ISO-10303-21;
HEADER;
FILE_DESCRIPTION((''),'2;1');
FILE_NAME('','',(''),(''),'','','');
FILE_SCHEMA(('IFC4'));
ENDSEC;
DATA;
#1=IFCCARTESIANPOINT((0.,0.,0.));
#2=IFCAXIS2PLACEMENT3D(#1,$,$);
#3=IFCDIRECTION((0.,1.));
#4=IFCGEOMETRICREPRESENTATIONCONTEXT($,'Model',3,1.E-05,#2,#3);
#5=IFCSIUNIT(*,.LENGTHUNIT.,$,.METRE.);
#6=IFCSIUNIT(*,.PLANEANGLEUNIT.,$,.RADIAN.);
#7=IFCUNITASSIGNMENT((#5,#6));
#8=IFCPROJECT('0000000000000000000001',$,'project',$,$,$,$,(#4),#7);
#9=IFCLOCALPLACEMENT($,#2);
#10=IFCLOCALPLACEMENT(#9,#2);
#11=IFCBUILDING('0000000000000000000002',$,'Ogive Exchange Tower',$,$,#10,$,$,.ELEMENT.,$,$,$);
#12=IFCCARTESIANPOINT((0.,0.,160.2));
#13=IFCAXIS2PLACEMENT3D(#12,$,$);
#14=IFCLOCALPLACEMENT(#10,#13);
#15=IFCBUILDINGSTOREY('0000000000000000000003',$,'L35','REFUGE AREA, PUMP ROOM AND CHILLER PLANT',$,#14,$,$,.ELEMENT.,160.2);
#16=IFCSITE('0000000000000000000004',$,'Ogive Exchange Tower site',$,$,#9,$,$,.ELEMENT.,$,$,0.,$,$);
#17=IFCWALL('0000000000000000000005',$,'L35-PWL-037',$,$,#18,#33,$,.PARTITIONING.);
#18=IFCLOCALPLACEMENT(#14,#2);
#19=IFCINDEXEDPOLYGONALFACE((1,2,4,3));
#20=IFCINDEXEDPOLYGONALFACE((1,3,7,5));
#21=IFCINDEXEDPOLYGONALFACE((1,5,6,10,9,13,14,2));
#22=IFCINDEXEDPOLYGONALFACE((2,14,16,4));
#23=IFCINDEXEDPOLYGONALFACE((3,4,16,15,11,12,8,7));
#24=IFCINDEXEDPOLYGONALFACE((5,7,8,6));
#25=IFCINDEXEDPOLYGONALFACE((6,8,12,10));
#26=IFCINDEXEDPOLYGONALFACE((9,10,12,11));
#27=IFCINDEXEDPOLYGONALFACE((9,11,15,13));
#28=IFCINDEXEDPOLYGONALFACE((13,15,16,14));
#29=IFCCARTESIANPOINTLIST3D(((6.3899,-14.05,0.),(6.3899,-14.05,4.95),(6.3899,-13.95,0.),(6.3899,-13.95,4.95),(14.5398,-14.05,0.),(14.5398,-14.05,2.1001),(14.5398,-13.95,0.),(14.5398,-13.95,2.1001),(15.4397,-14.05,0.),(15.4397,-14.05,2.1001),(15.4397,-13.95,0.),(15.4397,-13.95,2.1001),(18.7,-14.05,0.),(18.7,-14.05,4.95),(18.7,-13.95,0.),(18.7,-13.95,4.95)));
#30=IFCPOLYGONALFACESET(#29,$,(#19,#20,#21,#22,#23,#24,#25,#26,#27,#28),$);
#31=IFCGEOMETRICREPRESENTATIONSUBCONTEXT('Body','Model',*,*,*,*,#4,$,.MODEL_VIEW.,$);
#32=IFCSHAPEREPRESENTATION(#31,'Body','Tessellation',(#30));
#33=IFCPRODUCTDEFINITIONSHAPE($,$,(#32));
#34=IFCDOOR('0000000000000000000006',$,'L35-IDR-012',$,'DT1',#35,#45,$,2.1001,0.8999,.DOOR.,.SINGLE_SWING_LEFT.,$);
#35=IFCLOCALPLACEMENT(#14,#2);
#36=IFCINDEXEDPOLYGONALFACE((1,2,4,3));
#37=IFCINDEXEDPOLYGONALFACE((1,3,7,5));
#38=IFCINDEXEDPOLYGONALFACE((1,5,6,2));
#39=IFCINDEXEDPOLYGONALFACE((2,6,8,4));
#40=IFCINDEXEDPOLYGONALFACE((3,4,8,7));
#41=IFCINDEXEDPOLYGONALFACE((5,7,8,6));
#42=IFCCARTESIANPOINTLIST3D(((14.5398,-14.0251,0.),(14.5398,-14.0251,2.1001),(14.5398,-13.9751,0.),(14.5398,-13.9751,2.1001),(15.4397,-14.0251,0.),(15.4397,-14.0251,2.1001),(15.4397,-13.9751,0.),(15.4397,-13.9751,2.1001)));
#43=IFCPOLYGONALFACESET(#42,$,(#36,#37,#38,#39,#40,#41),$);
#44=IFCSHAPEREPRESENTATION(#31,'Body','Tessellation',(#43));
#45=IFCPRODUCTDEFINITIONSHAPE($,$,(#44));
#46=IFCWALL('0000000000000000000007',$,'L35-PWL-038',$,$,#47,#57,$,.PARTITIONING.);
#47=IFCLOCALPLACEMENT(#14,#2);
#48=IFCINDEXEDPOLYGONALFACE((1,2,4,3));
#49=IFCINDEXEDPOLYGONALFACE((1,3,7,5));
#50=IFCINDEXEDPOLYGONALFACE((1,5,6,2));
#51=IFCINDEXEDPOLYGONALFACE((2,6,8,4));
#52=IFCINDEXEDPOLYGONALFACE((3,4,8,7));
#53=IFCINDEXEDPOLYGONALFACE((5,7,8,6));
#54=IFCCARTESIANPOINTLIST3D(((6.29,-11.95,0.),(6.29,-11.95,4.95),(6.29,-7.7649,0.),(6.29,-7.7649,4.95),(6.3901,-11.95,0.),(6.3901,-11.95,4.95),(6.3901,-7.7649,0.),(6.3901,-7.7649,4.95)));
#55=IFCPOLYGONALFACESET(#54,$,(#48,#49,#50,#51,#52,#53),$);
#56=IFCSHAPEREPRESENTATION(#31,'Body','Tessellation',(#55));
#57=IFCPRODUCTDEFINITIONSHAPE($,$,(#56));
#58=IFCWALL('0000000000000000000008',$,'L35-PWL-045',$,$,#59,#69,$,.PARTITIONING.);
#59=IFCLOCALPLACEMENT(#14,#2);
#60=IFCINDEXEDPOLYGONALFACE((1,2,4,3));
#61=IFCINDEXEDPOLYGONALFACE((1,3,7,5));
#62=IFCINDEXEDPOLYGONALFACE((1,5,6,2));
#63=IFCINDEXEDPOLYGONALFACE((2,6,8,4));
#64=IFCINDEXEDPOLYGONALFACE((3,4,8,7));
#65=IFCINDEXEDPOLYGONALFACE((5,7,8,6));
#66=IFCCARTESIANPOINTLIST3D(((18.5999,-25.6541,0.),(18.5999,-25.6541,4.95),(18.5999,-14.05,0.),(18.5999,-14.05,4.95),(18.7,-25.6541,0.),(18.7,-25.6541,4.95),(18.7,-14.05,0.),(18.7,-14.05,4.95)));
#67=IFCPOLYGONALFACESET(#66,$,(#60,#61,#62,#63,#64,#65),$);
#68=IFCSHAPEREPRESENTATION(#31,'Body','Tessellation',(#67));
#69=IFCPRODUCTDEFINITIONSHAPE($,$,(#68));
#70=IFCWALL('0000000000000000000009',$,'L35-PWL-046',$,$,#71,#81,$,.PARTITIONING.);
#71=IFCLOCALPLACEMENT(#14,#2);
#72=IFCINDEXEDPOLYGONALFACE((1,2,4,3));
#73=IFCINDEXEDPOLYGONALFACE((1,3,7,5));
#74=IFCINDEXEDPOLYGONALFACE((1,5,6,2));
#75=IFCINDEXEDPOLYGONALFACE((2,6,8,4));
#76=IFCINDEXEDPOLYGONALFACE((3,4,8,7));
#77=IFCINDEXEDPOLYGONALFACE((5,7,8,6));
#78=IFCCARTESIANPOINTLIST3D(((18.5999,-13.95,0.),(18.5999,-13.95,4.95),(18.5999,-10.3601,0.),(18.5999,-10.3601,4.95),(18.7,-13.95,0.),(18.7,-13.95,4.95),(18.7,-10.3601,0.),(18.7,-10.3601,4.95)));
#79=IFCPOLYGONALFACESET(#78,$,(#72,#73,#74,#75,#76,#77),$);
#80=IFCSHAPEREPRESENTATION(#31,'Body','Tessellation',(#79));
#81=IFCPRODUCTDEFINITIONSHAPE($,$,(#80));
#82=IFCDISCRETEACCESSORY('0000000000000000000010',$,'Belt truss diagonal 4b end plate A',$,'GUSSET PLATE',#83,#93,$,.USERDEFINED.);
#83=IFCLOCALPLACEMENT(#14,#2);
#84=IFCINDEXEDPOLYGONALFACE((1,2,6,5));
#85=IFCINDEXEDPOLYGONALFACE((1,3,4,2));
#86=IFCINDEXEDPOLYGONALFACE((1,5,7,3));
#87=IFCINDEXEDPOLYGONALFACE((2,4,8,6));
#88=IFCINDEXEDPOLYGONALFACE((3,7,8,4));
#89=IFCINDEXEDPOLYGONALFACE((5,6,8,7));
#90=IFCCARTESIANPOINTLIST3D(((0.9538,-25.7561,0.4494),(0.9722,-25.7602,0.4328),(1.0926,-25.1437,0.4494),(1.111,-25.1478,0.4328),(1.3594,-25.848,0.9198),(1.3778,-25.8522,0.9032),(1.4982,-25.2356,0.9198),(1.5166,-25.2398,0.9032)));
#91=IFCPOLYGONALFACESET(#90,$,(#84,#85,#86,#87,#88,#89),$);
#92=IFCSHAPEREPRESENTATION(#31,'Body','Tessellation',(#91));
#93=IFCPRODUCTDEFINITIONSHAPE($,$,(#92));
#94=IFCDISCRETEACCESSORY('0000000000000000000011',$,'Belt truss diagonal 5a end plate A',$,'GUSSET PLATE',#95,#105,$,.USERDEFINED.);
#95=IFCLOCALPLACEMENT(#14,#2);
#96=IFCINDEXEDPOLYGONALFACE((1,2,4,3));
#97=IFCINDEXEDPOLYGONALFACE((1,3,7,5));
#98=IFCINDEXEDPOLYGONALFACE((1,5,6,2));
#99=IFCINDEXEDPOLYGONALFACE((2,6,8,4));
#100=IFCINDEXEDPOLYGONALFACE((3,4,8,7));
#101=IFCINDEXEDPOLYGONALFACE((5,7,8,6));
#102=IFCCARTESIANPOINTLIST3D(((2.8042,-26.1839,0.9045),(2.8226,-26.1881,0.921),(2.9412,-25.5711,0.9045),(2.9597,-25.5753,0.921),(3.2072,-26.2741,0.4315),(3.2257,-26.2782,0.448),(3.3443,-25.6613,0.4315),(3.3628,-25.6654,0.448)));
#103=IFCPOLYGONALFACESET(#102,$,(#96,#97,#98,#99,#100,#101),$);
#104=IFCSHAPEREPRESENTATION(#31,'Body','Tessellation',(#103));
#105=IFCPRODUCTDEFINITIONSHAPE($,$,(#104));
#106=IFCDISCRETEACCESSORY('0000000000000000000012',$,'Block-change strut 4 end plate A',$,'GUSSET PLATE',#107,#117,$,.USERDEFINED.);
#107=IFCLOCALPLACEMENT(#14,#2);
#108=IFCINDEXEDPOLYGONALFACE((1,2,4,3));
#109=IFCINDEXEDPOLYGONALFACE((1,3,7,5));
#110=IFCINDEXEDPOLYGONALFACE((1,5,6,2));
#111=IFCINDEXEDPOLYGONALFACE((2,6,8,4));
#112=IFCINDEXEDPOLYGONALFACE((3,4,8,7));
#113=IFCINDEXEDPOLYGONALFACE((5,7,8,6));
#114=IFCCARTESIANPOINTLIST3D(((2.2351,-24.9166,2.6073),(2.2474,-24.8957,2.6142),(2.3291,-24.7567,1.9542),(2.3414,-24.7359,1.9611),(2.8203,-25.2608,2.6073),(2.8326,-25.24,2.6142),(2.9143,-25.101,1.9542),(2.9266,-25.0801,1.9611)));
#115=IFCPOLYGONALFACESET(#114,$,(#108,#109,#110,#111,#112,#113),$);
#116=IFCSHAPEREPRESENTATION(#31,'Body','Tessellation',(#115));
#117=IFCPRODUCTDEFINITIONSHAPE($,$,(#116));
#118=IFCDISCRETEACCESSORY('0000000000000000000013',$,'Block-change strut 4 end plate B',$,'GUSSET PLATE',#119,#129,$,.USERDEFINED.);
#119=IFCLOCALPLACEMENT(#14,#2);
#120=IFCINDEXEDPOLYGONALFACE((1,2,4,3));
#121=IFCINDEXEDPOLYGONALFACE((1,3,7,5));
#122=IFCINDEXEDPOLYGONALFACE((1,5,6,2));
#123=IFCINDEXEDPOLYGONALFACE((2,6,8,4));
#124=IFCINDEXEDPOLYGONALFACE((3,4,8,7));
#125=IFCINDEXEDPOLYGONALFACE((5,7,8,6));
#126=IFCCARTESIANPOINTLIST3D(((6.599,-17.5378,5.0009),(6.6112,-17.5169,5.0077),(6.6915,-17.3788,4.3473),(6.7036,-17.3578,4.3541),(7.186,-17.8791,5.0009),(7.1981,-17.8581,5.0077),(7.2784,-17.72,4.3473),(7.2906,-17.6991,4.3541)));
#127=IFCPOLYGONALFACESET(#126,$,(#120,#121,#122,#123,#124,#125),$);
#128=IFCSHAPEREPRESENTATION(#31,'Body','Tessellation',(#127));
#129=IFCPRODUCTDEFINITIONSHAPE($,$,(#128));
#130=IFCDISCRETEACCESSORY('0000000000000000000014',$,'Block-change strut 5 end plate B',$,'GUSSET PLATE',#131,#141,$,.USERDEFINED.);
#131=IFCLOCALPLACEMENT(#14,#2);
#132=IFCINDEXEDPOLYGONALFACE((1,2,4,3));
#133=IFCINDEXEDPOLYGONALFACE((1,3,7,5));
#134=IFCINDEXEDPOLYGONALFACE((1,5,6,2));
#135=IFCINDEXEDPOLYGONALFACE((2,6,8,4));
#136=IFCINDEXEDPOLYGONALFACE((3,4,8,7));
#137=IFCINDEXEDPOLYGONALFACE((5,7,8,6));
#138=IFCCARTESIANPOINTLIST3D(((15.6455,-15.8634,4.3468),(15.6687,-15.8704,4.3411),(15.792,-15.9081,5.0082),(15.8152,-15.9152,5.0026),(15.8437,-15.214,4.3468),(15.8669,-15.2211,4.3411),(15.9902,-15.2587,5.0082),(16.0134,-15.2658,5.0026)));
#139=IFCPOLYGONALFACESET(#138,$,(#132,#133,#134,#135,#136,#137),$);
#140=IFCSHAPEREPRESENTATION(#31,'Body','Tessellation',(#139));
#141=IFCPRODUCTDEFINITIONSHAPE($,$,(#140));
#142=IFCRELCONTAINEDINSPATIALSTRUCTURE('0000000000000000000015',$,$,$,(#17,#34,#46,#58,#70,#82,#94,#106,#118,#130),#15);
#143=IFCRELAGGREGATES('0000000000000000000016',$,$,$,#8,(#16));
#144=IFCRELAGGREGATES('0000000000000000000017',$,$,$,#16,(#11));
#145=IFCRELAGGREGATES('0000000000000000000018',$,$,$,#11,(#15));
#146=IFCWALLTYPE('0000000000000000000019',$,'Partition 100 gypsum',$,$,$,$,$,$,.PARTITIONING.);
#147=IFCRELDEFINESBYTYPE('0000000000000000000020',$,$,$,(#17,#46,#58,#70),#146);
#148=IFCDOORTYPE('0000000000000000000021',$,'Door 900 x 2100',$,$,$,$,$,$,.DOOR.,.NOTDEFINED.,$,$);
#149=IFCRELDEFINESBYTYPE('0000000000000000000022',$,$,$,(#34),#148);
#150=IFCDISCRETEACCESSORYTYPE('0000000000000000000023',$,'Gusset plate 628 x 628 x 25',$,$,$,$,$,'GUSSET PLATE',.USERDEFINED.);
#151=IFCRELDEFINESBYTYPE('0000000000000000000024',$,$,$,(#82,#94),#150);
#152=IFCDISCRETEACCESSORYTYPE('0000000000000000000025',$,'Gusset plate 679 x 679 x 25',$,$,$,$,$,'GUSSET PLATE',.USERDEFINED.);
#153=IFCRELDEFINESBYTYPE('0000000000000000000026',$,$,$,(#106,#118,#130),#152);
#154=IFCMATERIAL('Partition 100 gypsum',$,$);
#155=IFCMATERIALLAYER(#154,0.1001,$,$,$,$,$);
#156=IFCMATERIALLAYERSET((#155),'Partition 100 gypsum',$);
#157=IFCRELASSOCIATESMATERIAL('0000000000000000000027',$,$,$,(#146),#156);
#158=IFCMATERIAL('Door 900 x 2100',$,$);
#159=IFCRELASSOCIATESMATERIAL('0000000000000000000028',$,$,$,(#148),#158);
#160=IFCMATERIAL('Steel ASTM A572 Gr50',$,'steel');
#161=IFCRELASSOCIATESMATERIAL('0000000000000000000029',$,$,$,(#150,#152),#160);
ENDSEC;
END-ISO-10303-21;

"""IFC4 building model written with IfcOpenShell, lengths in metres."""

from ifc_helpers import new_model, si_unit, direction, frame, frame_2d, origin, origin_2d, place, context, subcontext, project, spatial, rectangle, extrude, material, layer, layer_set, material_profile, profile_set, type_object, element, fill, save


model = new_model("IFC4")

# Units and contexts
model_context = context("Model", 3, precision=1e-05, world=origin(), true_north=direction((0.0, 1.0)))
body_context = subcontext(model_context, "Body", "Model", "MODEL_VIEW")
ifc_project = project(units=[si_unit("LENGTHUNIT", "METRE"), si_unit("PLANEANGLEUNIT", "RADIAN")], contexts=[model_context])

# Site, building, storey
site_placement = place(None, origin())
site = spatial("IfcSite", under=ifc_project, at=site_placement, Name="Ogive Exchange Tower site", CompositionType="ELEMENT", RefElevation=0.0)
building_placement = place(site_placement, origin())
building = spatial("IfcBuilding", under=site, at=building_placement, Name="Ogive Exchange Tower", CompositionType="ELEMENT")
storey_placement = place(building_placement, frame((0.0, 0.0, 160.2)))
storey = spatial("IfcBuildingStorey", under=building, at=storey_placement, Name="L35", Description="REFUGE AREA, PUMP ROOM AND CHILLER PLANT", CompositionType="ELEMENT", Elevation=160.2)

# Shared definitions
ifc_material_1 = material(Name="Partition 100 gypsum")
ifc_layer = layer(ifc_material_1, 0.1001)
ifc_layer_set = layer_set([ifc_layer], Name="Partition 100 gypsum")
wall_type = type_object("IfcWallType", Name="Partition 100 gypsum", PredefinedType="PARTITIONING", material=ifc_layer_set)

# Wall, opening, door
wall_1_placement = place(storey_placement, frame((6.3899, -14.0, 0.0), z_axis=(0.0, 0.0, 1.0), x_axis=(1.0, 0.0, 0.0)))
wall_1 = element("IfcWall", 1, at=wall_1_placement, inside=storey, type_object=wall_type, Name="L35-PWL-037", PredefinedType="PARTITIONING", context=body_context, shape_type="SweptSolid", body=[
    extrude(rectangle(XDim=12.3101, YDim=0.1001, at=frame_2d((6.155, 0.0))), origin(), (0.0, 0.0, 1.0), 4.95),
])
opening_placement = place(wall_1_placement, frame((8.1499, 0.0, 0.0)))
opening = element("IfcOpeningElement", 2, at=opening_placement, cuts=wall_1, PredefinedType="OPENING", context=body_context, shape_type="SweptSolid", body=[
    extrude(rectangle(XDim=0.8999, YDim=2.1001, at=frame_2d((0.45, 1.05))), frame((0.0, 0.0601, 0.0), z_axis=(0.0, -1.0, 0.0), x_axis=(1.0, 0.0, 0.0)), (0.0, 0.0, 1.0), 0.1201),
])
ifc_material_2 = material(Name="Door 900 x 2100")
door_type = type_object("IfcDoorType", Name="Door 900 x 2100", OperationType="NOTDEFINED", PredefinedType="DOOR", material=ifc_material_2)
door_placement = place(opening_placement, origin())
door = element("IfcDoor", 3, at=door_placement, inside=storey, type_object=door_type, Name="L35-IDR-012", ObjectType="DT1", OperationType="SINGLE_SWING_LEFT", OverallHeight=2.1001, OverallWidth=0.8999, PredefinedType="DOOR", context=body_context, shape_type="SweptSolid", body=[
    extrude(rectangle(XDim=0.8999, YDim=2.1001, at=frame_2d((0.45, 1.05))), frame((0.0, 0.0249, 0.0), z_axis=(0.0, -1.0, 0.0), x_axis=(1.0, 0.0, 0.0)), (0.0, 0.0, 1.0), 0.05),
])
fill(opening, door)

# Walls
wall_2_placement = place(storey_placement, frame((6.3401, -11.95, 0.0), z_axis=(0.0, 0.0, 1.0), x_axis=(0.0, 1.0, 0.0)))
element("IfcWall", 4, at=wall_2_placement, inside=storey, type_object=wall_type, Name="L35-PWL-038", PredefinedType="PARTITIONING", context=body_context, shape_type="SweptSolid", body=[
    extrude(rectangle(XDim=4.1851, YDim=0.1001, at=frame_2d((2.0925, 0.0))), origin(), (0.0, 0.0, 1.0), 4.95),
])
wall_3_placement = place(storey_placement, frame((18.6499, -25.6541, 0.0), z_axis=(0.0, 0.0, 1.0), x_axis=(0.0, 1.0, 0.0)))
element("IfcWall", 5, at=wall_3_placement, inside=storey, type_object=wall_type, Name="L35-PWL-045", PredefinedType="PARTITIONING", context=body_context, shape_type="SweptSolid", body=[
    extrude(rectangle(XDim=11.604, YDim=0.1001, at=frame_2d((5.802, 0.0))), origin(), (0.0, 0.0, 1.0), 4.95),
])
wall_4_placement = place(storey_placement, frame((18.6499, -13.95, 0.0), z_axis=(0.0, 0.0, 1.0), x_axis=(0.0, 1.0, 0.0)))
element("IfcWall", 6, at=wall_4_placement, inside=storey, type_object=wall_type, Name="L35-PWL-046", PredefinedType="PARTITIONING", context=body_context, shape_type="SweptSolid", body=[
    extrude(rectangle(XDim=3.5898, YDim=0.1001, at=frame_2d((1.7949, 0.0))), origin(), (0.0, 0.0, 1.0), 4.95),
])

# Discrete accessories
ifc_material_3 = material(Name="Steel ASTM A572 Gr50", Category="steel")
ifc_material_profile_1 = material_profile(ifc_material_3, rectangle(XDim=0.6279, YDim=0.6279, at=origin_2d()), Name="PL 628 x 628 x 25")
ifc_profile_set_1 = profile_set([ifc_material_profile_1], Name="Steel ASTM A572 Gr50")
discrete_accessory_type_1 = type_object("IfcDiscreteAccessoryType", Name="Gusset plate 628 x 628 x 25", ElementType="GUSSET PLATE", PredefinedType="USERDEFINED", material=ifc_profile_set_1)
for number, where, z_axis, x_axis, name in (
    (7, (1.2444, -25.5, 0.668), (-0.730604, 0.165604, 0.662414), (-0.221059, -0.97526, 0.0), "Belt truss diagonal 4b end plate A"),
    (8, (3.0742, -25.9226, 0.668), (0.735098, -0.16443, 0.657719), (0.21829, 0.975884, 0.0), "Belt truss diagonal 5a end plate A"),
):
    element("IfcDiscreteAccessory", number, at=place(storey_placement, frame(where, z_axis=z_axis, x_axis=x_axis)), inside=storey, type_object=discrete_accessory_type_1, Name=name, ObjectType="GUSSET PLATE", PredefinedType="USERDEFINED", context=body_context, shape_type="SweptSolid", body=[
        extrude(rectangle(XDim=0.6279, YDim=0.6279, at=origin_2d()), origin(), (0.0, 0.0, 1.0), 0.0251),
    ])
ifc_material_profile_2 = material_profile(ifc_material_3, rectangle(XDim=0.679, YDim=0.679, at=origin_2d()), Name="PL 679 x 679 x 25")
ifc_profile_set_2 = profile_set([ifc_material_profile_2], Name="Steel ASTM A572 Gr50")
discrete_accessory_type_2 = type_object("IfcDiscreteAccessoryType", Name="Gusset plate 679 x 679 x 25", ElementType="GUSSET PLATE", PredefinedType="USERDEFINED", material=ifc_profile_set_2)
for number, where, z_axis, x_axis, name in (
    (9, (2.5747, -25.0088, 2.2808), (0.487741, 0.82916, 0.273135), (-0.861934, 0.50702, 0.0), "Block-change strut 4 end plate A"),
    (10, (6.9387, -17.6289, 4.6741), (0.483821, 0.832171, 0.27094), (-0.864507, 0.50262, 0.0), "Block-change strut 4 end plate B"),
):
    element("IfcDiscreteAccessory", number, at=place(storey_placement, frame(where, z_axis=z_axis, x_axis=x_axis)), inside=storey, type_object=discrete_accessory_type_2, Name=name, ObjectType="GUSSET PLATE", PredefinedType="USERDEFINED", context=body_context, shape_type="SweptSolid", body=[
        extrude(rectangle(XDim=0.679, YDim=0.679, at=origin_2d()), origin(), (0.0, 0.0, 1.0), 0.0251),
    ])
discrete_accessory_placement = place(storey_placement, frame((15.8411, -15.5681, 4.6719), z_axis=(-0.931776, 0.284437, 0.225588), x_axis=(-0.291963, -0.95643, 0.0)))
element("IfcDiscreteAccessory", 11, at=discrete_accessory_placement, inside=storey, type_object=discrete_accessory_type_2, Name="Block-change strut 5 end plate B", ObjectType="GUSSET PLATE", PredefinedType="USERDEFINED", context=body_context, shape_type="SweptSolid", body=[
    extrude(rectangle(XDim=0.679, YDim=0.679, at=origin_2d()), origin(), (0.0, 0.0, 1.0), 0.0249),
])

save(model, "model.ifc")
